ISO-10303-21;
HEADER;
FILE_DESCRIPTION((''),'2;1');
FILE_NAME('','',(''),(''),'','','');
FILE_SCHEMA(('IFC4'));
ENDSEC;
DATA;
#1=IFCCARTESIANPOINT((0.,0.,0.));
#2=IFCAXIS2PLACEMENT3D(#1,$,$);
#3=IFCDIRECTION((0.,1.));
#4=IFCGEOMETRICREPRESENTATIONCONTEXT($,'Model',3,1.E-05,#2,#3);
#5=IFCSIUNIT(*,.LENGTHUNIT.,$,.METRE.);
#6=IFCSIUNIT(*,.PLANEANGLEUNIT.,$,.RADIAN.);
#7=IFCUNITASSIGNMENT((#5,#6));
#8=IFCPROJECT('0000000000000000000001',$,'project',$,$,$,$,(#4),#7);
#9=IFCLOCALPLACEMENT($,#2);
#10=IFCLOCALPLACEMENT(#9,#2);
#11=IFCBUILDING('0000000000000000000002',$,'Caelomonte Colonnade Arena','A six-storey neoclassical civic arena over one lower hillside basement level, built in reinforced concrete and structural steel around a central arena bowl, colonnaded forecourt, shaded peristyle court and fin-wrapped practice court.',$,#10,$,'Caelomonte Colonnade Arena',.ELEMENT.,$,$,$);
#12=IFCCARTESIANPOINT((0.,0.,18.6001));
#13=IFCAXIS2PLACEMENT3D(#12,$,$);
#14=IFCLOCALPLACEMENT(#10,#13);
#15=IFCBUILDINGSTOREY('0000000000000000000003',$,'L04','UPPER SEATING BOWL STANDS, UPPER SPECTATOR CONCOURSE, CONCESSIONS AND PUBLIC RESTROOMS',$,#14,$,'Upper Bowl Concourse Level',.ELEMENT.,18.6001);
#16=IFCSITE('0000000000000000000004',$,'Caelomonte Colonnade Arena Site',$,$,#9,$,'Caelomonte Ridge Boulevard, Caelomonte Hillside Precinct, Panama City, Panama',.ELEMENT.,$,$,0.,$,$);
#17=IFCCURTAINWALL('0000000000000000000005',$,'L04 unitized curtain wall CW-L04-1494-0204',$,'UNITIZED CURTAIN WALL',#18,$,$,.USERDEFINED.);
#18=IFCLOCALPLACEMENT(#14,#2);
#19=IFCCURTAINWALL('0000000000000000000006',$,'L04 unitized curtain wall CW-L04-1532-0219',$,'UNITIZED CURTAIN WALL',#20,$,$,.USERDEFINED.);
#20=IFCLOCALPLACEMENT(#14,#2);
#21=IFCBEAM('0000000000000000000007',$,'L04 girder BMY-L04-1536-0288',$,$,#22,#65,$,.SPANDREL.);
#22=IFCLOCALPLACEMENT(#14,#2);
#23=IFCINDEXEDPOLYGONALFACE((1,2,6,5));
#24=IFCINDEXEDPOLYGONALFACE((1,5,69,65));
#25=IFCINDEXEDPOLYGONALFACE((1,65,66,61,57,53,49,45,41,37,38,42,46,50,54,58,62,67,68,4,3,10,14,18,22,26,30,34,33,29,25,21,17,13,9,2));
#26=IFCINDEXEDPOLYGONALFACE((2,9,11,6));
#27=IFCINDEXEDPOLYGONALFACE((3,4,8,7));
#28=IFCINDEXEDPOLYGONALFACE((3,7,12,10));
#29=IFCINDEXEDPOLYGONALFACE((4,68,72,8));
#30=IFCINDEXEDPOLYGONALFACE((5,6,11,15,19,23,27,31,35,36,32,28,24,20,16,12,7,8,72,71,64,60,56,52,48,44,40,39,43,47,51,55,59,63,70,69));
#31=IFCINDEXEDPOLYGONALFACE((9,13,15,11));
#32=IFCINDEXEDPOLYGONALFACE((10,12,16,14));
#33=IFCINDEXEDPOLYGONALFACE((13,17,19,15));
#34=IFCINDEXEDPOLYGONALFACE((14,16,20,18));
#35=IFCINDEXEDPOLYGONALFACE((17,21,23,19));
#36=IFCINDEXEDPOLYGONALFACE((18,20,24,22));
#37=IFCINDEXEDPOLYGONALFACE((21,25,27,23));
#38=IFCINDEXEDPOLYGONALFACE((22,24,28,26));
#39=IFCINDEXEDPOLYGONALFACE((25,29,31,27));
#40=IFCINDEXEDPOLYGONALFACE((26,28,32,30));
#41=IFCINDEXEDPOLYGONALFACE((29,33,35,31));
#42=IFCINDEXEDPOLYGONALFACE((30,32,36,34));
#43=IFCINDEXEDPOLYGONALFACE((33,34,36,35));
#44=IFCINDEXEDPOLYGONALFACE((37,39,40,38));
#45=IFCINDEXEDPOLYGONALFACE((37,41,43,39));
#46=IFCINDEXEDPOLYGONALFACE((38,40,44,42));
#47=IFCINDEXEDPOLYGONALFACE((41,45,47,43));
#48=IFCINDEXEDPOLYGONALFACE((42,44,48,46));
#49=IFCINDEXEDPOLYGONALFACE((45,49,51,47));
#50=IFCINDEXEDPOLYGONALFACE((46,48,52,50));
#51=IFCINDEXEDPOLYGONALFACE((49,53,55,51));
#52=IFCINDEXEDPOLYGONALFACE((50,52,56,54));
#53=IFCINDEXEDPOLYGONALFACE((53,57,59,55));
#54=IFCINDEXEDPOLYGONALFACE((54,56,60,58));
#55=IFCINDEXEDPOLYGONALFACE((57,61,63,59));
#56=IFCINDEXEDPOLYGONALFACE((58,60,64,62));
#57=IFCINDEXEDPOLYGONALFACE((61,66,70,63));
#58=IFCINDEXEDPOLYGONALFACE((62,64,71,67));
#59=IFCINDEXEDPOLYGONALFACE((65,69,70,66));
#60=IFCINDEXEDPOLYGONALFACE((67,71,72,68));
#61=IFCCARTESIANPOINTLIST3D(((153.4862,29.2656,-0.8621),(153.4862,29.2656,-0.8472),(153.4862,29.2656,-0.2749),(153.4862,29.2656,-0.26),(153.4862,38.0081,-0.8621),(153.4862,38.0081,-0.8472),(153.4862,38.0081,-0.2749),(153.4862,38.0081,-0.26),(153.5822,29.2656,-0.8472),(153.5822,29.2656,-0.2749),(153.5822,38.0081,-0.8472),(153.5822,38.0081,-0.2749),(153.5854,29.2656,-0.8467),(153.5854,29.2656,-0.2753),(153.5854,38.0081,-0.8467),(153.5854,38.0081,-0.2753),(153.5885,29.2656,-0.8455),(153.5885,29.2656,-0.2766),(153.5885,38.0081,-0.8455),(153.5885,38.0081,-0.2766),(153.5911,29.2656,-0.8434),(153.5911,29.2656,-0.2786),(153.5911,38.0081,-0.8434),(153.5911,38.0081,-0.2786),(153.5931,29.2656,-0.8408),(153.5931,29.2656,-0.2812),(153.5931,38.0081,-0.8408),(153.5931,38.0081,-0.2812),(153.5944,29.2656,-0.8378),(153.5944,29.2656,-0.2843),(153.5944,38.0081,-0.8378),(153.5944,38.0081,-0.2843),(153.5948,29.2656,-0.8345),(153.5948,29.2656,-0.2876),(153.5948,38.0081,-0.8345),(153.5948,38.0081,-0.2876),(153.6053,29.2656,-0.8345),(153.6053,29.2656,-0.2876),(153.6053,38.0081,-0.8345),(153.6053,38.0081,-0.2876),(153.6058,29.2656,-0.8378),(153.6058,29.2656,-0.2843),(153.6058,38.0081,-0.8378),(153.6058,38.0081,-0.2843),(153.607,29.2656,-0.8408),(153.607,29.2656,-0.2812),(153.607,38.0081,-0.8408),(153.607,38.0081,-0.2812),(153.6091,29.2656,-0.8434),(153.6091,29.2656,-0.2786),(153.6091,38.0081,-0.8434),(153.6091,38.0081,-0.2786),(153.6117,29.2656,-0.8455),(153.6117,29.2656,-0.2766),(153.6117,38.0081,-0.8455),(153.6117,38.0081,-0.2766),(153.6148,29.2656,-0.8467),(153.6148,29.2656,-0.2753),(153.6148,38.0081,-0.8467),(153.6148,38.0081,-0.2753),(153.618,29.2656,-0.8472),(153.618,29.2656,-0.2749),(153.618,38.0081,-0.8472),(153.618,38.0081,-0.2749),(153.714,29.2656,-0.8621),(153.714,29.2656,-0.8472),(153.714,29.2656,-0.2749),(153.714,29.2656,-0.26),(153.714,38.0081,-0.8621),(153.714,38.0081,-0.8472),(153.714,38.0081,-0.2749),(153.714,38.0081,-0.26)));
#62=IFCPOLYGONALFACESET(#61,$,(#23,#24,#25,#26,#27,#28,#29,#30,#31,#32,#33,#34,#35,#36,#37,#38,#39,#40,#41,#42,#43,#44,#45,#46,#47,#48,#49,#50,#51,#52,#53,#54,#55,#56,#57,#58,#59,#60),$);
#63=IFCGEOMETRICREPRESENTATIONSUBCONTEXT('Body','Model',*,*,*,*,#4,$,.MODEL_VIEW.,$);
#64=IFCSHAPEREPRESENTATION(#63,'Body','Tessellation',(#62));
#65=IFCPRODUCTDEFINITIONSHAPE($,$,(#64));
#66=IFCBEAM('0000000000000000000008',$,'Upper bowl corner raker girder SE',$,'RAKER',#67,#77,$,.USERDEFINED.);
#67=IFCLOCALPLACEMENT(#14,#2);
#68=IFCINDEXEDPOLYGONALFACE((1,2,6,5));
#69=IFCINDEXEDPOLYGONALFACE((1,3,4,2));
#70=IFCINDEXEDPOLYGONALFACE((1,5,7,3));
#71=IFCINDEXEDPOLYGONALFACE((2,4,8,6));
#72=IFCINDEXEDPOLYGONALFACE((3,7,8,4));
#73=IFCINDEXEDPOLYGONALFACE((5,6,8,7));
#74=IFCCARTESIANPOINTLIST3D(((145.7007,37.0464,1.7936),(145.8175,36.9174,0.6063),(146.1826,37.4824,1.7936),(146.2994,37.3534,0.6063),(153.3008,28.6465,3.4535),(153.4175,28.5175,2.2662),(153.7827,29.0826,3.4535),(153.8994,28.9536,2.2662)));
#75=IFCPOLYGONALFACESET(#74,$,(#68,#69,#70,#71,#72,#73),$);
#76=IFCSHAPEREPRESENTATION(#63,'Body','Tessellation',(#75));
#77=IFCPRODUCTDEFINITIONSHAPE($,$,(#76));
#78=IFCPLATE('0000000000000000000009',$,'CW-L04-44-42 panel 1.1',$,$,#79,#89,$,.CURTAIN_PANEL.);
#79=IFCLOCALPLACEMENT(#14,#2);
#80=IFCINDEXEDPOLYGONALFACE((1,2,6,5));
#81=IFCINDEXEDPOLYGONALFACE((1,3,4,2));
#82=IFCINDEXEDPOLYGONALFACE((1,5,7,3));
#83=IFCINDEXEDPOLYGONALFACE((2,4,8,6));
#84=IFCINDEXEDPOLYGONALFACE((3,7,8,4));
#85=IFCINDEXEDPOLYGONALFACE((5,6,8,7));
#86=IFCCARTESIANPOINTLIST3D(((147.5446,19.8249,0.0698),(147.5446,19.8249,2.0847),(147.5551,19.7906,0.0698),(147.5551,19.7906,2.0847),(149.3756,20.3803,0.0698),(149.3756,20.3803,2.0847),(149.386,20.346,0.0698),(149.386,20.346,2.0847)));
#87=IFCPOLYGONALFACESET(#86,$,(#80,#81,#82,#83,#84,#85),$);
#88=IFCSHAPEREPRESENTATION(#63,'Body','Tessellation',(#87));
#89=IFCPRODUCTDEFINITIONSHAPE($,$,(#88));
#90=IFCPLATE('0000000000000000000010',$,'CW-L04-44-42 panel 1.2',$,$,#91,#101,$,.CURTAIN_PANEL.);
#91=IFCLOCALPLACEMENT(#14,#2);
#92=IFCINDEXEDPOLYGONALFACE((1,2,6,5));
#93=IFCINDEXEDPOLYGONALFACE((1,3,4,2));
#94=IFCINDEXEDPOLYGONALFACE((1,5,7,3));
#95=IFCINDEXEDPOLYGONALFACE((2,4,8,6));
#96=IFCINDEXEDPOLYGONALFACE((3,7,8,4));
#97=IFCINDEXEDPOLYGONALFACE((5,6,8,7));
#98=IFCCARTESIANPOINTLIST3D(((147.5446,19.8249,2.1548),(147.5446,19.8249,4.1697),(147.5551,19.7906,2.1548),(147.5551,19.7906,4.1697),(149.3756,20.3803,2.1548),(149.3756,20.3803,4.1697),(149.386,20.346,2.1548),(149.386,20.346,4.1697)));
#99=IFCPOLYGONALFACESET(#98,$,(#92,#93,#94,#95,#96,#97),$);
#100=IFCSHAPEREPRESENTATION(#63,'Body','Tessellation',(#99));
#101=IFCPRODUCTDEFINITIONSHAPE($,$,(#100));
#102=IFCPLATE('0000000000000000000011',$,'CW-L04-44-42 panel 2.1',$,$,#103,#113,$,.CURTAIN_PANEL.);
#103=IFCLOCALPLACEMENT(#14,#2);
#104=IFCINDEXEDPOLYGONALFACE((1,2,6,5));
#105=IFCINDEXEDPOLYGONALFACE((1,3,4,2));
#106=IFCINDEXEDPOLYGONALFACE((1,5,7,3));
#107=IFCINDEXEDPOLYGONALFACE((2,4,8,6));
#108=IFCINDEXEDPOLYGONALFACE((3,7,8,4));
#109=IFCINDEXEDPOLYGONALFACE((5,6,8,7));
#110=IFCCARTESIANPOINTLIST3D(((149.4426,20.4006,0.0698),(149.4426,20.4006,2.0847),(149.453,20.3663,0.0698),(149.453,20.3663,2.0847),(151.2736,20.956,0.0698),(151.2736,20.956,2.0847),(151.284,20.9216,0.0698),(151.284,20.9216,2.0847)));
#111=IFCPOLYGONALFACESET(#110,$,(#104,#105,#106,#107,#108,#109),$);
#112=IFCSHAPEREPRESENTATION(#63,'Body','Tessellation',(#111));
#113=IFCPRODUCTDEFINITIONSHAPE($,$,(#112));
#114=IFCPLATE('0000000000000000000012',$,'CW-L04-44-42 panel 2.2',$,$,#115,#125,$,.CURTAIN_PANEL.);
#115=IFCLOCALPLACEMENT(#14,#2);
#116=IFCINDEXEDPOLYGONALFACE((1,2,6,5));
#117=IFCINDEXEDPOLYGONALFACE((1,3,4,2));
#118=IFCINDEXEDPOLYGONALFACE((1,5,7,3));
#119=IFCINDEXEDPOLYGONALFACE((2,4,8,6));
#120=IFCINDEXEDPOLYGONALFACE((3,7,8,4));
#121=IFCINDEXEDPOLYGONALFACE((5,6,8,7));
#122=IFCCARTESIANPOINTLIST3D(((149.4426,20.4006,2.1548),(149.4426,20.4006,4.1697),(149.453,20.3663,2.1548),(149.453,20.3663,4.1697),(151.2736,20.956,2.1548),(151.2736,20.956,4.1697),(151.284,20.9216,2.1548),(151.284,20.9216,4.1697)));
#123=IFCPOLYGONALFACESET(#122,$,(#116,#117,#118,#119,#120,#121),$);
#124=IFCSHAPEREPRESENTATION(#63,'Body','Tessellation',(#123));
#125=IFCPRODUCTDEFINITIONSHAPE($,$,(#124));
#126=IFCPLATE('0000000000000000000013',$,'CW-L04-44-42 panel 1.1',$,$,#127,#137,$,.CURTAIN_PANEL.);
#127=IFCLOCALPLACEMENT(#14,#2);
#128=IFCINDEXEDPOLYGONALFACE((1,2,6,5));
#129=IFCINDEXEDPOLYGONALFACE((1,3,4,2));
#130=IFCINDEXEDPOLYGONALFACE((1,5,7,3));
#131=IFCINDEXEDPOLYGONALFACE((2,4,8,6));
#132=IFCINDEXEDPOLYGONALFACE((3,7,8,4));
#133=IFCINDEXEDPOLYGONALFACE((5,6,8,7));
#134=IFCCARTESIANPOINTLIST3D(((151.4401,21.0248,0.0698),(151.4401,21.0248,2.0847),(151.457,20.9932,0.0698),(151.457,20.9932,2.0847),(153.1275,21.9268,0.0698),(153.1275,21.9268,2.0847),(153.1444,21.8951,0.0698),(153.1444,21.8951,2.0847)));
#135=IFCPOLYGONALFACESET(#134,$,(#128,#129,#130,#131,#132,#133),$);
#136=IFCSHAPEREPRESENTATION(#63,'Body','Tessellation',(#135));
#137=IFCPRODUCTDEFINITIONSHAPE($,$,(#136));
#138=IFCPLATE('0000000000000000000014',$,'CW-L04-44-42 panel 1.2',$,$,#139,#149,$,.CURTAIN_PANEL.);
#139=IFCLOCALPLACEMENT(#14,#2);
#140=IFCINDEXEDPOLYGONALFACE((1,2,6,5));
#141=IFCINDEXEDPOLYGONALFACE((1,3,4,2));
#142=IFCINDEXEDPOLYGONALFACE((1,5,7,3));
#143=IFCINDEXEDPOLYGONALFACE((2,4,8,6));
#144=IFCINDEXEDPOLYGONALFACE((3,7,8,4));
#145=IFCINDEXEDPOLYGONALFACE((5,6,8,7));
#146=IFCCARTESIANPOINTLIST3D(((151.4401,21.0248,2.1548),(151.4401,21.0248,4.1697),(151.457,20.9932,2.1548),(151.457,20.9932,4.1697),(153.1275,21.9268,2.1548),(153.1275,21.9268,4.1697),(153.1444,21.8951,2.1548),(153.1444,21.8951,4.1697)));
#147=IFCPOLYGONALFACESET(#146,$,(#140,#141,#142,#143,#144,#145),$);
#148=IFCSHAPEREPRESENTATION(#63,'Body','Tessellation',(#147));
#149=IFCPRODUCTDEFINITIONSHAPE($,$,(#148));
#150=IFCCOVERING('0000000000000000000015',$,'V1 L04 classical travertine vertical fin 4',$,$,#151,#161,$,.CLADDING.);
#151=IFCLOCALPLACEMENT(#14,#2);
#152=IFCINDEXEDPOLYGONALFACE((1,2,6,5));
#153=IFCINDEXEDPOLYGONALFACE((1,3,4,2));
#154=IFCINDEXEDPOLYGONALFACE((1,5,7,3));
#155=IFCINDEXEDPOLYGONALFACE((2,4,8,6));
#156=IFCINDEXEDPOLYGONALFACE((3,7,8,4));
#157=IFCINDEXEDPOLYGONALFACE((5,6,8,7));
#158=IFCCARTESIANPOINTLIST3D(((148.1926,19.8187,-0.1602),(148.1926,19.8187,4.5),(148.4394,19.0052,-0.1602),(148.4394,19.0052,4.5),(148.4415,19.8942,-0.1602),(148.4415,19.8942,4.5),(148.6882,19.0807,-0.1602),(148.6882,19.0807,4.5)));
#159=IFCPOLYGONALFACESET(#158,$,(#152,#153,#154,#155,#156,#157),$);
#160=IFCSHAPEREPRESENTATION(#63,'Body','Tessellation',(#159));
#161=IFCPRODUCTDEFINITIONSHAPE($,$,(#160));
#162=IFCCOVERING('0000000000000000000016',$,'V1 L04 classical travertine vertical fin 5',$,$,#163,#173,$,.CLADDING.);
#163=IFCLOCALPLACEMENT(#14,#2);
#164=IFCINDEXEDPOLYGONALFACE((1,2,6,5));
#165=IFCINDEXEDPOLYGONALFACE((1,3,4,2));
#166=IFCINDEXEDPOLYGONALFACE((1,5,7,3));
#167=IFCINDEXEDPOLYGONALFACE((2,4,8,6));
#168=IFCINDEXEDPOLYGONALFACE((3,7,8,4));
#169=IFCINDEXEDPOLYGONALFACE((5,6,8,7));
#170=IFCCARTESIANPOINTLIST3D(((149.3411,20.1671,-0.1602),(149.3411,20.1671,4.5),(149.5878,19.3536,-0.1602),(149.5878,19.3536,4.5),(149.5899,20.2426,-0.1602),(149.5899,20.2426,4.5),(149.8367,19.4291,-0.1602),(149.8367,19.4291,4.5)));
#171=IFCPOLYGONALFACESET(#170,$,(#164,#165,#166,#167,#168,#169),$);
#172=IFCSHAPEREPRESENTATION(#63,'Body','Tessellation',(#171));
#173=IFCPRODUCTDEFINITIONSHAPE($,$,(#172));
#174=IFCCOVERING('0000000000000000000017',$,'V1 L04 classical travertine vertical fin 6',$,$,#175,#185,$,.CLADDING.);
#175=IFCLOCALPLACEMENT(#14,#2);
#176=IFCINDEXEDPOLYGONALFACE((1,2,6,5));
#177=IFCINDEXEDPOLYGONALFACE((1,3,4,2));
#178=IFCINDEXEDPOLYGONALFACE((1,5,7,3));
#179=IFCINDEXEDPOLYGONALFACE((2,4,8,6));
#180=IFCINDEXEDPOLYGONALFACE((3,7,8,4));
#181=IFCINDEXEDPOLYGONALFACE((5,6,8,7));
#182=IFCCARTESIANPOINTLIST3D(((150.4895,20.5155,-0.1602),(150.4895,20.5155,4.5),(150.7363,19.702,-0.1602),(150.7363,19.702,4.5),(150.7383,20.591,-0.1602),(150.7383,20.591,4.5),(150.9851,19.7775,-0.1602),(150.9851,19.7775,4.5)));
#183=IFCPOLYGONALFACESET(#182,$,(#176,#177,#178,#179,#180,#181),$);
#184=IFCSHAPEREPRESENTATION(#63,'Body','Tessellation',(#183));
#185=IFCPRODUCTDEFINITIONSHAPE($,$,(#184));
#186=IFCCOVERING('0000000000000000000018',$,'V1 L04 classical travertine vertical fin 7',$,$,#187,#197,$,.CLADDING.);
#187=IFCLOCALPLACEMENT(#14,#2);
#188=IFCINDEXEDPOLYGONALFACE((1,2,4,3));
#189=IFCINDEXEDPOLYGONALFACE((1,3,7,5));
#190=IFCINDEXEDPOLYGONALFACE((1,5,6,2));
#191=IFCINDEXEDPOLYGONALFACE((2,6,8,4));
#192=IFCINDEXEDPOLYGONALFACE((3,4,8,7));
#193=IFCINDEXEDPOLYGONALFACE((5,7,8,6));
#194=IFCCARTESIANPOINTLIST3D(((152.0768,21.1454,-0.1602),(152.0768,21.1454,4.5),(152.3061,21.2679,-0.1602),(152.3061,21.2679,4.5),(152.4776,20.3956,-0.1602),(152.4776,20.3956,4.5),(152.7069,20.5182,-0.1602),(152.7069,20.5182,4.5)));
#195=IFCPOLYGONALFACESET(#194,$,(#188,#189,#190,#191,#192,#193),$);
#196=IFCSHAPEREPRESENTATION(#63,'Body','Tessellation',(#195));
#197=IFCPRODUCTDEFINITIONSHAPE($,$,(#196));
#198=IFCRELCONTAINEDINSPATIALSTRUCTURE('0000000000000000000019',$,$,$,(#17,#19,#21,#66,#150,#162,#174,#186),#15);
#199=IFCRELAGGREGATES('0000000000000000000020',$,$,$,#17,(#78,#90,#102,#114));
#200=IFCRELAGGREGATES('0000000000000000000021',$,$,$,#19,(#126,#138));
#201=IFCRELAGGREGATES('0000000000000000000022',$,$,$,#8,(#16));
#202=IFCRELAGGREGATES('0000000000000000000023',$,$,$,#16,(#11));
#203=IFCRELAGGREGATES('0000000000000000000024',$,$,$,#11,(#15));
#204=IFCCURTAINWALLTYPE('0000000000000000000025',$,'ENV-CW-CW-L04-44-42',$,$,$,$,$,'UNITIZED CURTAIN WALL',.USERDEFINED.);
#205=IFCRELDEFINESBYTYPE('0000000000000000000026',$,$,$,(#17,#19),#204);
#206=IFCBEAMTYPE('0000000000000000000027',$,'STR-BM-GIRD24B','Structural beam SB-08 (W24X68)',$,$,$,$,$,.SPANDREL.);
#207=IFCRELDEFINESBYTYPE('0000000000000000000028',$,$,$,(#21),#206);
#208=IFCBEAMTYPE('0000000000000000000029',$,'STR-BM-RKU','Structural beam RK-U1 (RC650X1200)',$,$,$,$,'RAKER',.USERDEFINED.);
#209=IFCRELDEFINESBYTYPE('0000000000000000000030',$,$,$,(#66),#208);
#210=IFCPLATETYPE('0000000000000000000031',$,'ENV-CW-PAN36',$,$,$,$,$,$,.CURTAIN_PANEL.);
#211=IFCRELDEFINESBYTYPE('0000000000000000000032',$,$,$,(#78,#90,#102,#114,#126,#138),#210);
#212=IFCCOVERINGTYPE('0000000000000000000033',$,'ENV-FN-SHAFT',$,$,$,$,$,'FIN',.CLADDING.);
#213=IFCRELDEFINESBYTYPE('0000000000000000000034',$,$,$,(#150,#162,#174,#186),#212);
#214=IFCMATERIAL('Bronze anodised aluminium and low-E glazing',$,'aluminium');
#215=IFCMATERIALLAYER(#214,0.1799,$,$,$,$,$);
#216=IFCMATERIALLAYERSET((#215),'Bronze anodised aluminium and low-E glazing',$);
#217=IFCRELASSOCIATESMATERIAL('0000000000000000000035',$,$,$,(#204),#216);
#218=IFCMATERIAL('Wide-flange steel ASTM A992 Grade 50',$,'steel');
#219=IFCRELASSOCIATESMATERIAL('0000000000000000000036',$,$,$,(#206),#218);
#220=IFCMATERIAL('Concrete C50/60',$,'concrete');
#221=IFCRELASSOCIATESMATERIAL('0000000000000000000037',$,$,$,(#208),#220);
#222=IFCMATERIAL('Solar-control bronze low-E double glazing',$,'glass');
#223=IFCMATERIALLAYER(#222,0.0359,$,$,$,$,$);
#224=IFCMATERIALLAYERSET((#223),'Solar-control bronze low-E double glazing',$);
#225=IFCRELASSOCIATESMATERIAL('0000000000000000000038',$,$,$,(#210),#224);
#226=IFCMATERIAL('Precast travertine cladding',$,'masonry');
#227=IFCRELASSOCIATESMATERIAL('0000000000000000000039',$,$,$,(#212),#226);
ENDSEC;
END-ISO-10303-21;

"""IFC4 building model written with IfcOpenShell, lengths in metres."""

from ifc_helpers import new_model, si_unit, direction, frame, origin, origin_2d, place, context, subcontext, project, spatial, rectangle, i_section, extrude, material, layer, layer_set, material_profile, profile_set, type_object, element, aggregate, save


model = new_model("IFC4")

# Units and contexts
model_context = context("Model", 3, precision=1e-05, world=origin(), true_north=direction((0.0, 1.0)))
body_context = subcontext(model_context, "Body", "Model", "MODEL_VIEW")
ifc_project = project(units=[si_unit("LENGTHUNIT", "METRE"), si_unit("PLANEANGLEUNIT", "RADIAN")], contexts=[model_context])

# Site, building, storey
site_placement = place(None, origin())
site = spatial("IfcSite", under=ifc_project, at=site_placement, Name="Caelomonte Colonnade Arena Site", LongName="Caelomonte Ridge Boulevard, Caelomonte Hillside Precinct, Panama City, Panama", CompositionType="ELEMENT", RefElevation=0.0)
building_placement = place(site_placement, origin())
building = spatial("IfcBuilding", under=site, at=building_placement, Name="Caelomonte Colonnade Arena", Description="A six-storey neoclassical civic arena over one lower hillside basement level, built in reinforced concrete and structural steel around a central arena bowl, colonnaded forecourt, shaded peristyle court and fin-wrapped practice court.", LongName="Caelomonte Colonnade Arena", CompositionType="ELEMENT")
storey_placement = place(building_placement, frame((0.0, 0.0, 18.6001)))
storey = spatial("IfcBuildingStorey", under=building, at=storey_placement, Name="L04", Description="UPPER SEATING BOWL STANDS, UPPER SPECTATOR CONCOURSE, CONCESSIONS AND PUBLIC RESTROOMS", LongName="Upper Bowl Concourse Level", CompositionType="ELEMENT", Elevation=18.6001)

# Shared definitions
ifc_material_1 = material(Name="Wide-flange steel ASTM A992 Grade 50", Category="steel")

# Curtain walls
ifc_material_2 = material(Name="Bronze anodised aluminium and low-E glazing", Category="aluminium")
ifc_layer_1 = layer(ifc_material_2, 0.1799)
ifc_layer_set_1 = layer_set([ifc_layer_1], Name="Bronze anodised aluminium and low-E glazing")
curtain_wall_type = type_object("IfcCurtainWallType", Name="ENV-CW-CW-L04-44-42", ElementType="UNITIZED CURTAIN WALL", PredefinedType="USERDEFINED", material=ifc_layer_set_1)
curtain_wall_1_placement = place(storey_placement, origin())
curtain_wall_1 = element("IfcCurtainWall", 1, at=curtain_wall_1_placement, inside=storey, type_object=curtain_wall_type, Name="L04 unitized curtain wall CW-L04-1494-0204", ObjectType="UNITIZED CURTAIN WALL", PredefinedType="USERDEFINED")
curtain_wall_2_placement = place(storey_placement, origin())
curtain_wall_2 = element("IfcCurtainWall", 2, at=curtain_wall_2_placement, inside=storey, type_object=curtain_wall_type, Name="L04 unitized curtain wall CW-L04-1532-0219", ObjectType="UNITIZED CURTAIN WALL", PredefinedType="USERDEFINED")

# Beams
ifc_material_profile_1 = material_profile(ifc_material_1, i_section(OverallWidth=0.2278, OverallDepth=0.6021, WebThickness=0.0105, FlangeThickness=0.0149, FilletRadius=0.0127, at=origin_2d()), Name="W24X68")
ifc_profile_set_1 = profile_set([ifc_material_profile_1], Name="Wide-flange steel ASTM A992 Grade 50")
beam_type_1 = type_object("IfcBeamType", Name="STR-BM-GIRD24B", Description="Structural beam SB-08 (W24X68)", PredefinedType="SPANDREL", material=ifc_profile_set_1)
beam_1_placement = place(storey_placement, frame((153.6001, 29.2656, -0.561), z_axis=(0.0, 1.0, 0.0), x_axis=(-1.0, 0.0, 0.0)))
element("IfcBeam", 3, at=beam_1_placement, inside=storey, type_object=beam_type_1, Name="L04 girder BMY-L04-1536-0288", PredefinedType="SPANDREL", context=body_context, shape_type="SweptSolid", body=[
    extrude(i_section(OverallWidth=0.2278, OverallDepth=0.6021, WebThickness=0.0105, FlangeThickness=0.0149, FilletRadius=0.0127, at=origin_2d()), origin(), (0.0, 0.0, 1.0), 8.7424),
])
ifc_material_3 = material(Name="Concrete C50/60", Category="concrete")
ifc_material_profile_2 = material_profile(ifc_material_3, rectangle(XDim=0.6499, YDim=1.2, at=origin_2d()), Name="RC650X1200")
ifc_profile_set_2 = profile_set([ifc_material_profile_2], Name="Concrete C50/60")
beam_type_2 = type_object("IfcBeamType", Name="STR-BM-RKU", Description="Structural beam RK-U1 (RC650X1200)", ElementType="RAKER", PredefinedType="USERDEFINED", material=ifc_profile_set_2)
beam_2_placement = place(storey_placement, frame((153.6001, 28.8, 2.8599), z_axis=(-0.663833, 0.733692, -0.144986), x_axis=(-0.741528, -0.670922, 0.0)))
element("IfcBeam", 4, at=beam_2_placement, inside=storey, type_object=beam_type_2, Name="Upper bowl corner raker girder SE", ObjectType="RAKER", PredefinedType="USERDEFINED", context=body_context, shape_type="SweptSolid", body=[
    extrude(rectangle(XDim=0.6499, YDim=1.2, at=origin_2d()), origin(), (0.0, 0.0, 1.0), 11.4487),
])

# Plates
ifc_material_4 = material(Name="Solar-control bronze low-E double glazing", Category="glass")
ifc_layer_2 = layer(ifc_material_4, 0.0359)
ifc_layer_set_2 = layer_set([ifc_layer_2], Name="Solar-control bronze low-E double glazing")
plate_type = type_object("IfcPlateType", Name="ENV-CW-PAN36", PredefinedType="CURTAIN_PANEL", material=ifc_layer_set_2)
plate_1_placement = place(storey_placement, frame((148.4653, 20.0854, 0.0698), z_axis=(0.0, 0.0, 1.0), x_axis=(0.956949, 0.290256, 0.0)))
plate_1 = element("IfcPlate", 5, at=plate_1_placement, type_object=plate_type, Name="CW-L04-44-42 panel 1.1", PredefinedType="CURTAIN_PANEL", context=body_context, shape_type="SweptSolid", body=[
    extrude(rectangle(XDim=1.9133, YDim=0.0359, at=origin_2d()), origin(), (0.0, 0.0, 1.0), 2.0149),
])
plate_2_placement = place(storey_placement, frame((148.4653, 20.0854, 2.1548), z_axis=(0.0, 0.0, 1.0), x_axis=(0.956949, 0.290256, 0.0)))
plate_2 = element("IfcPlate", 6, at=plate_2_placement, type_object=plate_type, Name="CW-L04-44-42 panel 1.2", PredefinedType="CURTAIN_PANEL", context=body_context, shape_type="SweptSolid", body=[
    extrude(rectangle(XDim=1.9133, YDim=0.0359, at=origin_2d()), origin(), (0.0, 0.0, 1.0), 2.0149),
])
plate_3_placement = place(storey_placement, frame((150.3633, 20.6611, 0.0698), z_axis=(0.0, 0.0, 1.0), x_axis=(0.956949, 0.290256, 0.0)))
plate_3 = element("IfcPlate", 7, at=plate_3_placement, type_object=plate_type, Name="CW-L04-44-42 panel 2.1", PredefinedType="CURTAIN_PANEL", context=body_context, shape_type="SweptSolid", body=[
    extrude(rectangle(XDim=1.9133, YDim=0.0359, at=origin_2d()), origin(), (0.0, 0.0, 1.0), 2.0149),
])
plate_4_placement = place(storey_placement, frame((150.3633, 20.6611, 2.1548), z_axis=(0.0, 0.0, 1.0), x_axis=(0.956949, 0.290256, 0.0)))
plate_4 = element("IfcPlate", 8, at=plate_4_placement, type_object=plate_type, Name="CW-L04-44-42 panel 2.2", PredefinedType="CURTAIN_PANEL", context=body_context, shape_type="SweptSolid", body=[
    extrude(rectangle(XDim=1.9133, YDim=0.0359, at=origin_2d()), origin(), (0.0, 0.0, 1.0), 2.0149),
])
aggregate(curtain_wall_1, [plate_1, plate_2, plate_3, plate_4])
plate_5_placement = place(storey_placement, frame((152.2922, 21.46, 0.0698), z_axis=(0.0, 0.0, 1.0), x_axis=(0.881923, 0.471394, 0.0)))
plate_5 = element("IfcPlate", 9, at=plate_5_placement, type_object=plate_type, Name="CW-L04-44-42 panel 1.1", PredefinedType="CURTAIN_PANEL", context=body_context, shape_type="SweptSolid", body=[
    extrude(rectangle(XDim=1.9133, YDim=0.0359, at=origin_2d()), origin(), (0.0, 0.0, 1.0), 2.0149),
])
plate_6_placement = place(storey_placement, frame((152.2922, 21.46, 2.1548), z_axis=(0.0, 0.0, 1.0), x_axis=(0.881923, 0.471394, 0.0)))
plate_6 = element("IfcPlate", 10, at=plate_6_placement, type_object=plate_type, Name="CW-L04-44-42 panel 1.2", PredefinedType="CURTAIN_PANEL", context=body_context, shape_type="SweptSolid", body=[
    extrude(rectangle(XDim=1.9133, YDim=0.0359, at=origin_2d()), origin(), (0.0, 0.0, 1.0), 2.0149),
])
aggregate(curtain_wall_2, [plate_5, plate_6])

# Coverings
ifc_material_5 = material(Name="Precast travertine cladding", Category="masonry")
ifc_material_profile_3 = material_profile(ifc_material_5, rectangle(XDim=0.26, YDim=0.8501, at=origin_2d()), Name="FIN260X850")
ifc_profile_set_3 = profile_set([ifc_material_profile_3], Name="Precast travertine cladding")
covering_type = type_object("IfcCoveringType", Name="ENV-FN-SHAFT", ElementType="FIN", PredefinedType="CLADDING", material=ifc_profile_set_3)
for number, where, z_axis, x_axis, name in (
    (11, (148.4404, 19.4497, -0.1602), (0.0, 0.0, 1.0), (-0.956943, -0.290276, 0.0), "V1 L04 classical travertine vertical fin 4"),
    (12, (149.5889, 19.7981, -0.1602), (0.0, 0.0, 1.0), (-0.956943, -0.290276, 0.0), "V1 L04 classical travertine vertical fin 5"),
    (13, (150.7373, 20.1465, -0.1602), (0.0, 0.0, 1.0), (-0.956943, -0.290276, 0.0), "V1 L04 classical travertine vertical fin 6"),
    (14, (152.3918, 20.8318, -0.1602), (0.0, 0.0, 1.0), (-0.881921, -0.471397, 0.0), "V1 L04 classical travertine vertical fin 7"),
):
    element("IfcCovering", number, at=place(storey_placement, frame(where, z_axis=z_axis, x_axis=x_axis)), inside=storey, type_object=covering_type, Name=name, PredefinedType="CLADDING", context=body_context, shape_type="SweptSolid", body=[
        extrude(rectangle(XDim=0.26, YDim=0.8501, at=origin_2d()), origin(), (0.0, 0.0, 1.0), 4.6602),
    ])

save(model, "model.ifc")
